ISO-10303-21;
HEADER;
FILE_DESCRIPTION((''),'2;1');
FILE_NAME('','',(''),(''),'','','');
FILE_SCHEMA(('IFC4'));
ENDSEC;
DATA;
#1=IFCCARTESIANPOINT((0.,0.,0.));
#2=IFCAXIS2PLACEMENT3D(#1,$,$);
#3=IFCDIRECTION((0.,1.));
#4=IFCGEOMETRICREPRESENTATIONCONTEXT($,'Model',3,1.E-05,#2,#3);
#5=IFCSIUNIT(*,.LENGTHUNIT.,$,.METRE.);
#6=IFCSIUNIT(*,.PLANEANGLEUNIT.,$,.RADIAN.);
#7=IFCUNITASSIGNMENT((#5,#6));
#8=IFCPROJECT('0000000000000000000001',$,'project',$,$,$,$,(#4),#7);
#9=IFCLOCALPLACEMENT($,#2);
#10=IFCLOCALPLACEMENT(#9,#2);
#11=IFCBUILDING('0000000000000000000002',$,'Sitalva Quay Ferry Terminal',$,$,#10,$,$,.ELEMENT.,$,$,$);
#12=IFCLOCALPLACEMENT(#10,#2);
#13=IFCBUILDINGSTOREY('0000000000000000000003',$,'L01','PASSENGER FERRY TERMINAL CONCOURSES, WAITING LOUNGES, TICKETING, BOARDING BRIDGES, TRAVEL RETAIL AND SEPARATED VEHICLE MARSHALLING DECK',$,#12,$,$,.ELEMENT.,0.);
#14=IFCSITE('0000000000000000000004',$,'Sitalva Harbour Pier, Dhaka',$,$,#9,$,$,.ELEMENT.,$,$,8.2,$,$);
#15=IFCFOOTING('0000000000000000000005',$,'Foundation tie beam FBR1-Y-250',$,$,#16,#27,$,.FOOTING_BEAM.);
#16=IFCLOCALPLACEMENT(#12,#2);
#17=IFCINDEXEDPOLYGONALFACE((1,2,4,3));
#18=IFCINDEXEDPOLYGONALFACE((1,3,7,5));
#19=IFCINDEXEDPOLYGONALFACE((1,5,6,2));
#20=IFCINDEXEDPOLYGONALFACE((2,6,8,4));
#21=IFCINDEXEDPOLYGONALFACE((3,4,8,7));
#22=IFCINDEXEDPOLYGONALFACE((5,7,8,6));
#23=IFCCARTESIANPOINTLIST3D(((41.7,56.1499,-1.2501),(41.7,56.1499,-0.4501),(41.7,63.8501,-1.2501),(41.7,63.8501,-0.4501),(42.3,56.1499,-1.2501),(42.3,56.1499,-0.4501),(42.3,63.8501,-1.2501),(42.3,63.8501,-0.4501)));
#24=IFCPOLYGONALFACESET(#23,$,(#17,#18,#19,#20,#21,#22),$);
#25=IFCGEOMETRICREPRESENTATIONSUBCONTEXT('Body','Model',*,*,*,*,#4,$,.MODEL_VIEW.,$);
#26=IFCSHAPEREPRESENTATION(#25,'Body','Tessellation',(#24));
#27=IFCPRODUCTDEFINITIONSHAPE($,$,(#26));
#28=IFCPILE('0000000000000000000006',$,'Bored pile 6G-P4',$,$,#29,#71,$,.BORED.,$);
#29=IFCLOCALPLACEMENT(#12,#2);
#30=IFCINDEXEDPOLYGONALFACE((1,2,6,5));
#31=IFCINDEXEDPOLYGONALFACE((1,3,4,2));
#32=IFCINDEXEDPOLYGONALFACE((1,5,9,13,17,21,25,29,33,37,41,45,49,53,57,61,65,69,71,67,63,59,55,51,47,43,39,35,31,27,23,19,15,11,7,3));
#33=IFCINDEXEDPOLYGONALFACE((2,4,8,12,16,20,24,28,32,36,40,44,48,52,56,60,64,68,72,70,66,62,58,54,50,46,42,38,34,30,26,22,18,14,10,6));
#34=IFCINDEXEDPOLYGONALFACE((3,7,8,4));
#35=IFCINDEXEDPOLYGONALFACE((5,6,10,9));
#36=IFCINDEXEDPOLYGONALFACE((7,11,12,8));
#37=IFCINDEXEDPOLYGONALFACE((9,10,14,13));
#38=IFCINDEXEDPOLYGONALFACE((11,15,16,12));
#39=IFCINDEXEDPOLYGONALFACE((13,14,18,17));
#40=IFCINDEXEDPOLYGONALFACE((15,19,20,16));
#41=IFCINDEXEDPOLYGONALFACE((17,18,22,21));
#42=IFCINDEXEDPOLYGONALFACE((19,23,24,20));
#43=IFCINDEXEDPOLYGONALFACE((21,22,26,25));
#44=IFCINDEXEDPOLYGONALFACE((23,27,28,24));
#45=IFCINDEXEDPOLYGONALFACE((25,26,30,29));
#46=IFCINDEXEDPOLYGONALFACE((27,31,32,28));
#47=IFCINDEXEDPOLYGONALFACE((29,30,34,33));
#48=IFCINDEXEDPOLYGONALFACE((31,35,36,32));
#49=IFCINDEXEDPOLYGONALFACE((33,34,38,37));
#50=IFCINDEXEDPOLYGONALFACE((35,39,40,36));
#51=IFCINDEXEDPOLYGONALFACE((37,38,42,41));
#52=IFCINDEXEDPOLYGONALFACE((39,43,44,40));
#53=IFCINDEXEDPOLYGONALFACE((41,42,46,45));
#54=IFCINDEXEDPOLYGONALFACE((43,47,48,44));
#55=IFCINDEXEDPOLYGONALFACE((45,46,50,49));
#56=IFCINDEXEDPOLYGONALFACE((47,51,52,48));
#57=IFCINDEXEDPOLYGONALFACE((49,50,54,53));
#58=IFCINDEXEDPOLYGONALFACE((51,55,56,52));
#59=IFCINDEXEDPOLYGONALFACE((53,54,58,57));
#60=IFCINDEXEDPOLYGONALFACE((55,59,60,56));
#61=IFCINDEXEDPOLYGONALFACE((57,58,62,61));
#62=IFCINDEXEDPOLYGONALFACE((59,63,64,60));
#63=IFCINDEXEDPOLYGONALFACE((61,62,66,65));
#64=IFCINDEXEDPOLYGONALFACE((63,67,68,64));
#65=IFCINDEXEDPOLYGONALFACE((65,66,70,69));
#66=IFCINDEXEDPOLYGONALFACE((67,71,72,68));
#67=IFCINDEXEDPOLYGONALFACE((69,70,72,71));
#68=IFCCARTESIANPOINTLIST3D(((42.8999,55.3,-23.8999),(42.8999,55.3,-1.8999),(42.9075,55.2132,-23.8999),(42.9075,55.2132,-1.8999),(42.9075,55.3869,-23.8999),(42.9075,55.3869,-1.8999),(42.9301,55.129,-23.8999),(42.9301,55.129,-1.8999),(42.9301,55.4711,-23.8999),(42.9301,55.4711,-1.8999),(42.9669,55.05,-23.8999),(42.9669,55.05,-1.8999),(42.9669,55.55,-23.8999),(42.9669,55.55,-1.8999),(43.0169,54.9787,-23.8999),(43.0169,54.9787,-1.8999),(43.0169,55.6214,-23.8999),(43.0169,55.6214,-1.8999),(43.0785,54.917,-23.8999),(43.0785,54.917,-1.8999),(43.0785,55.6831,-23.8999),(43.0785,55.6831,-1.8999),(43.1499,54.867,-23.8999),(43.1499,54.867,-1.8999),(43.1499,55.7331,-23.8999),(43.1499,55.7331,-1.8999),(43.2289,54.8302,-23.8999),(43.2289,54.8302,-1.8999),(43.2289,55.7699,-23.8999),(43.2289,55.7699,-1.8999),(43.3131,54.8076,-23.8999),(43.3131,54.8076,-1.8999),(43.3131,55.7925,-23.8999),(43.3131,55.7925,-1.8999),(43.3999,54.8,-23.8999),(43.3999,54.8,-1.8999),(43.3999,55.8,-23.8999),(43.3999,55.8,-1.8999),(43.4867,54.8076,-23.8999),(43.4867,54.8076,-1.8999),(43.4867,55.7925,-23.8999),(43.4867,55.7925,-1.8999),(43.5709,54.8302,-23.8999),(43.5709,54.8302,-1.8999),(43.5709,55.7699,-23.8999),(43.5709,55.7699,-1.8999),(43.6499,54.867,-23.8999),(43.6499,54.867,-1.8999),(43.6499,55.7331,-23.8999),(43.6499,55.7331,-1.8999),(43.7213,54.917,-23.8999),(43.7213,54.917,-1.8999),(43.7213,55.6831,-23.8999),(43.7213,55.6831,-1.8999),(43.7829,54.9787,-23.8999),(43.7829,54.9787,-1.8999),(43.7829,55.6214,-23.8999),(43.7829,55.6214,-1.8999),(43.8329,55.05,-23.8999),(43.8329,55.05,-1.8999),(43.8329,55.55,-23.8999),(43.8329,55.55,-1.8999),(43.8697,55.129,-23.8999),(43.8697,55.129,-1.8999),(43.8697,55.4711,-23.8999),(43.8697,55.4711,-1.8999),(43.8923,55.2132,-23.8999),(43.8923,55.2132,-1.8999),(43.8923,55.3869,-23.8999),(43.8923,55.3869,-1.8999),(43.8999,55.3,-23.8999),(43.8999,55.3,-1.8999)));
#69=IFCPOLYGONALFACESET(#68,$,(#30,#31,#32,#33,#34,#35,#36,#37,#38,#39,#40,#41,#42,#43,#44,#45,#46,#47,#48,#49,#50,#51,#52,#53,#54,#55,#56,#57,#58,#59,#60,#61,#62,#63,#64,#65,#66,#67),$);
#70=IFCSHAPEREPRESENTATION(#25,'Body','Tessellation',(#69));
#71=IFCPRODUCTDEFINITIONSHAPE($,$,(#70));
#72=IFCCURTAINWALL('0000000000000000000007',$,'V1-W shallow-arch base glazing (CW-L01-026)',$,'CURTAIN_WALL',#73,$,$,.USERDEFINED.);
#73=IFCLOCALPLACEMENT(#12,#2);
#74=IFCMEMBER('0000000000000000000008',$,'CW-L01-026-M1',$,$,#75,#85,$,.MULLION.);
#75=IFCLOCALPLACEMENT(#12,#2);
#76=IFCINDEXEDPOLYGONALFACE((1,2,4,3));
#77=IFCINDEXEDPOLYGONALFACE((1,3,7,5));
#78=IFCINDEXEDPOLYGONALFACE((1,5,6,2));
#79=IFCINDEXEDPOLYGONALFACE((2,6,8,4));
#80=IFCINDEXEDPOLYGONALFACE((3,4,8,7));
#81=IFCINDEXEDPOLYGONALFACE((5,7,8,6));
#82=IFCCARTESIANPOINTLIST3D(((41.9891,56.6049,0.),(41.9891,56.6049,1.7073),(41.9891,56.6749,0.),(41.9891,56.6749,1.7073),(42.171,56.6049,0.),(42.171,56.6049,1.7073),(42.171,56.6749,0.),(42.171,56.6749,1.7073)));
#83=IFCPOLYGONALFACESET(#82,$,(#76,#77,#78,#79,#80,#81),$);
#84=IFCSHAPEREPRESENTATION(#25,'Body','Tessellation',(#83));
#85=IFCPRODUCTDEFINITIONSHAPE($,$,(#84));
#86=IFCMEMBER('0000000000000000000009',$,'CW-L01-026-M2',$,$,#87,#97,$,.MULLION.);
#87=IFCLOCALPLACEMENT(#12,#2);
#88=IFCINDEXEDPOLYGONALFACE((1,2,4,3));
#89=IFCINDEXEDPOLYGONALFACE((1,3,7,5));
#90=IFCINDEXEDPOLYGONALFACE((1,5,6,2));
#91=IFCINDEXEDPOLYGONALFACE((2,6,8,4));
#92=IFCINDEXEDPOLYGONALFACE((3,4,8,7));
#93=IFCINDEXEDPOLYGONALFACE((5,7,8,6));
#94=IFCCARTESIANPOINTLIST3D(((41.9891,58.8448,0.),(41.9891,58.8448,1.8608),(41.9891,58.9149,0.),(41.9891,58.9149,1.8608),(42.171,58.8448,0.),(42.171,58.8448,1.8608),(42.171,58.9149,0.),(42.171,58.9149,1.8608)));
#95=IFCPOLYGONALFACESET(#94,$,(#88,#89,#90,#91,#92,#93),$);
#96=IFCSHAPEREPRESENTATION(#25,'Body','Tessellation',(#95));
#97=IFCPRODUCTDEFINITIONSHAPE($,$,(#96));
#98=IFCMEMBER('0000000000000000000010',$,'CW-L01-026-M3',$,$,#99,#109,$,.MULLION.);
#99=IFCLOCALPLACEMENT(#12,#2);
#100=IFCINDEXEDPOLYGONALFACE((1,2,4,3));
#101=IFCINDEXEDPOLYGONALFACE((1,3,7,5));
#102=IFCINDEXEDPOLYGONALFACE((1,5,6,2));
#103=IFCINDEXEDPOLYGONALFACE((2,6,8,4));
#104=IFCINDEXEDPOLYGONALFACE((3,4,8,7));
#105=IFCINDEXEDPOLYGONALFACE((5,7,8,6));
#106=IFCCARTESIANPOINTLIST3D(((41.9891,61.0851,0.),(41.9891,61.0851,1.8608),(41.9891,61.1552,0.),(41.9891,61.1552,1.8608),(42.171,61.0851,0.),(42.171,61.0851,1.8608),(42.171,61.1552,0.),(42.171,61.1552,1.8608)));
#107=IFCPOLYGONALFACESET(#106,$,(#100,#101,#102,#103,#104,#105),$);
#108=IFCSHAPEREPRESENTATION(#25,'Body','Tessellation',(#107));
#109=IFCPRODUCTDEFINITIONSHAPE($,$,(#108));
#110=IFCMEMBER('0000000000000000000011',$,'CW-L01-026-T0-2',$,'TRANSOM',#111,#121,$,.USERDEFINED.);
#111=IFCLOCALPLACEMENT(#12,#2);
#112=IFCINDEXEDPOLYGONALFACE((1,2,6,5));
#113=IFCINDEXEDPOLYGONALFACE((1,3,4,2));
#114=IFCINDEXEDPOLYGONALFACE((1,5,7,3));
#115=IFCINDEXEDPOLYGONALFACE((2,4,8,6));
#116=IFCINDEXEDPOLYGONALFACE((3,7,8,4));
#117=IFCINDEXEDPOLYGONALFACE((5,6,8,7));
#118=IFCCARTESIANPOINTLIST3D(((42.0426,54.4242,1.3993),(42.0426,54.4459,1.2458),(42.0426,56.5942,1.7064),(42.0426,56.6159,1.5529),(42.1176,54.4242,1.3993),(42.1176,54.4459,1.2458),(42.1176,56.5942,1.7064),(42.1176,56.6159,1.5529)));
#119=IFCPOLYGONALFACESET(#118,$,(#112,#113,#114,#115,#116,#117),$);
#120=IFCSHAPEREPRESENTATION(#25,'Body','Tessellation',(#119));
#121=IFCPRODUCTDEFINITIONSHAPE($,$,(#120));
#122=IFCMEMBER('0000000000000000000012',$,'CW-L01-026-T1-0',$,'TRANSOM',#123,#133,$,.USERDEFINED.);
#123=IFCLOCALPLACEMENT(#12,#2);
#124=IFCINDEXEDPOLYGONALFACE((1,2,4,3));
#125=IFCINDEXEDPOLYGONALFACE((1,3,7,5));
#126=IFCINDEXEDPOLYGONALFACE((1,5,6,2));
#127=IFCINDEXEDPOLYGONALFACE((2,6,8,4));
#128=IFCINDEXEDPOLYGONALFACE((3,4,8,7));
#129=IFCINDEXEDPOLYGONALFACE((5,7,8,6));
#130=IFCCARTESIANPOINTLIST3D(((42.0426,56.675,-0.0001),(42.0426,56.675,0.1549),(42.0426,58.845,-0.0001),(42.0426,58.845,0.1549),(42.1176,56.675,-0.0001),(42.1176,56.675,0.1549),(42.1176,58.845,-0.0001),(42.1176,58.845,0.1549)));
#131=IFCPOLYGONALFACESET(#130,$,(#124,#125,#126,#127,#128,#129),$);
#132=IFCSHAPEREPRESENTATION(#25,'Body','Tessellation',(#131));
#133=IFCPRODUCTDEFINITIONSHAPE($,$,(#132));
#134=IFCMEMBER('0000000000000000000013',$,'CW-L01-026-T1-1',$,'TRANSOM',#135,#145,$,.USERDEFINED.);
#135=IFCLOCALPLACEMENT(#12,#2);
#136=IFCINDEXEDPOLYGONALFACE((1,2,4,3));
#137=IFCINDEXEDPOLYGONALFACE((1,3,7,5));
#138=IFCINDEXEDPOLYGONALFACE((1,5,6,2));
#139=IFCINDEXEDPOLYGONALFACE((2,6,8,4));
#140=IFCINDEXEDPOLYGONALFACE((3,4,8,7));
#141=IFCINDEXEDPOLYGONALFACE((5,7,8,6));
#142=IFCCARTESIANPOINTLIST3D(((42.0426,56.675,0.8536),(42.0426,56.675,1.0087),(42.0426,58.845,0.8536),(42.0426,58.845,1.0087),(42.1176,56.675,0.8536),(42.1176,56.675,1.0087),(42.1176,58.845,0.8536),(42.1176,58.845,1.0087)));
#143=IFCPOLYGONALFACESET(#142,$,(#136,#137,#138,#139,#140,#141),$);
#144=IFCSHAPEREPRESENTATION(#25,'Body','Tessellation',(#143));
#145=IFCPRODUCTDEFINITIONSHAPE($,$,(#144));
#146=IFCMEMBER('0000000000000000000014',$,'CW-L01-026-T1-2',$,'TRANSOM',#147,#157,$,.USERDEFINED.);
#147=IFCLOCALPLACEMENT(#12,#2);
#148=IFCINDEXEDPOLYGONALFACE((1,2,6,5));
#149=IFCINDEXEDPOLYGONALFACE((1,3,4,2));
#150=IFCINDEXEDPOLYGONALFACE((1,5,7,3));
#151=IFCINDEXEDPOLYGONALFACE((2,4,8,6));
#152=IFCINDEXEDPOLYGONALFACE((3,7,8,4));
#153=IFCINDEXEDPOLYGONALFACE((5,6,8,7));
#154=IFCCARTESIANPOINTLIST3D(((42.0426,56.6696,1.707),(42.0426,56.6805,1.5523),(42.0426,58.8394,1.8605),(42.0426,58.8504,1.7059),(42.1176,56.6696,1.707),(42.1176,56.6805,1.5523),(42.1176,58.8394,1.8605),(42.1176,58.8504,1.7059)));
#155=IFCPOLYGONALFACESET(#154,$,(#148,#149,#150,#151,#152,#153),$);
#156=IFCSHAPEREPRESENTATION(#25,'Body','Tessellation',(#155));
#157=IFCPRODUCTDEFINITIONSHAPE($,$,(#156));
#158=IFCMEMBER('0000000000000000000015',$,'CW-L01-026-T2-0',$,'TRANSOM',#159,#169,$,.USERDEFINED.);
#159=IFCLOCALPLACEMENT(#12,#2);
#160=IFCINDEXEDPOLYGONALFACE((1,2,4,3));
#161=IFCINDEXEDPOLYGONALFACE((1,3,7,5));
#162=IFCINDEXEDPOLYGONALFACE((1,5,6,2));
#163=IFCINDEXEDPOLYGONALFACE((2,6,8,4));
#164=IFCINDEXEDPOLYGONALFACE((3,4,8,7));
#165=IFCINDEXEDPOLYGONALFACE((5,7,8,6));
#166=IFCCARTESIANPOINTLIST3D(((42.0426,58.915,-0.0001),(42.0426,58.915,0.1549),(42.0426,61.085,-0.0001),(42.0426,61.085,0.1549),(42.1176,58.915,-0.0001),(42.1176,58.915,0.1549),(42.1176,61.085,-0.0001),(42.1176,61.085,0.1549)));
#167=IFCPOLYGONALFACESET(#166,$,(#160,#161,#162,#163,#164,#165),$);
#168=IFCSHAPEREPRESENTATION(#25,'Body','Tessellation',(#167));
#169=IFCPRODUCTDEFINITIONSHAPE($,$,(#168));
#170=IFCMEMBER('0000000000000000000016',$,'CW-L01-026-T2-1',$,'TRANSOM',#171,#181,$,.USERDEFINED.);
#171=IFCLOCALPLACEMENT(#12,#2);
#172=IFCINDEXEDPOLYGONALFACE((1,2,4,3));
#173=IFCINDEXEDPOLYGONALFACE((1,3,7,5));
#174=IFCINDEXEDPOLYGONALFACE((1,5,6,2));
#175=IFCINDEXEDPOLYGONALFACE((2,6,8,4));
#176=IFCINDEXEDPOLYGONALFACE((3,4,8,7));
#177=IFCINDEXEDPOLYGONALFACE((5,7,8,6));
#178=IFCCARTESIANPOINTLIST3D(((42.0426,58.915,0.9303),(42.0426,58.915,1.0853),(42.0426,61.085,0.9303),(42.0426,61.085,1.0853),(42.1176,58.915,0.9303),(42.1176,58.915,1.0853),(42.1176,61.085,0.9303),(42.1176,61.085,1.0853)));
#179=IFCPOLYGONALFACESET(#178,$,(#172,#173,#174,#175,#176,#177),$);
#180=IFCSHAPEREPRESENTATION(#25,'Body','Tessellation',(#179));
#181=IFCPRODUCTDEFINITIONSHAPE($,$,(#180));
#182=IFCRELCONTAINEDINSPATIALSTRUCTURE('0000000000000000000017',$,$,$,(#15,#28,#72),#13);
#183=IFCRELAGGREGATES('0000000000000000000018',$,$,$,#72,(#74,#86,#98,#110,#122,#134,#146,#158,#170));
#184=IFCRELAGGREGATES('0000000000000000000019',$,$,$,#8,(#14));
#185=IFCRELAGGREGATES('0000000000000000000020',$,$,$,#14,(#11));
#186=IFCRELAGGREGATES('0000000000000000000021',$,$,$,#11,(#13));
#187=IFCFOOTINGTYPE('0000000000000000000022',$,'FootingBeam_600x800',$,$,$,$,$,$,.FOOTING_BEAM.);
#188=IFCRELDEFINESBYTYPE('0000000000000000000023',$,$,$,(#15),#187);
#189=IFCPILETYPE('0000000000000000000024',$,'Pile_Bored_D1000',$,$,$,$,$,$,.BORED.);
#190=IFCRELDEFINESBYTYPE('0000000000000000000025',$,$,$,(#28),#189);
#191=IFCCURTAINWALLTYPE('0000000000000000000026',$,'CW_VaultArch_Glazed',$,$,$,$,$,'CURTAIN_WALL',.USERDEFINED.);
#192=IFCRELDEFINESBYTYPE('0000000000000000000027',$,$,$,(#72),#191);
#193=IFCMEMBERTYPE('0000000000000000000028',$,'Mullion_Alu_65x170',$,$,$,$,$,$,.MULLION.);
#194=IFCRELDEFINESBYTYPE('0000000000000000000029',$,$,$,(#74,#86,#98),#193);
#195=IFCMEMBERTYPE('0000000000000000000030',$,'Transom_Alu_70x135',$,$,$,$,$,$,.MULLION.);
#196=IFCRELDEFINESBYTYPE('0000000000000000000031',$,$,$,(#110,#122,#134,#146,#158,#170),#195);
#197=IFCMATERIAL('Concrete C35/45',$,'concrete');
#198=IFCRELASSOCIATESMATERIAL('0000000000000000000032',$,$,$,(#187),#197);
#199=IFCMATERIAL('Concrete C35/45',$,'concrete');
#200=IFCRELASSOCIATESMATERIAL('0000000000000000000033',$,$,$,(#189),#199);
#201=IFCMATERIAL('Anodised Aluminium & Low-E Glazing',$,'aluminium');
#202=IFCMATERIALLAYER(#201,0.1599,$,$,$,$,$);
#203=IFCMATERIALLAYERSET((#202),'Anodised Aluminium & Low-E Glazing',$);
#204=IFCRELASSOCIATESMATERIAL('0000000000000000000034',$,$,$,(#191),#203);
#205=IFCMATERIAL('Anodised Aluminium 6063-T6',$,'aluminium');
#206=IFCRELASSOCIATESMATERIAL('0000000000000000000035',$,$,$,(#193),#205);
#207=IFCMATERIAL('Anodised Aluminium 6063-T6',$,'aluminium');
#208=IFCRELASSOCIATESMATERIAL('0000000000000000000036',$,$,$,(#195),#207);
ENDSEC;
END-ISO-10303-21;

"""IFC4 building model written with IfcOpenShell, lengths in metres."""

from ifc_helpers import new_model, si_unit, direction, frame, origin, origin_2d, place, context, subcontext, project, spatial, rectangle, circle, extrude, material, layer, layer_set, material_profile, profile_set, type_object, element, aggregate, save


model = new_model("IFC4")

# Units and contexts
model_context = context("Model", 3, precision=1e-05, world=origin(), true_north=direction((0.0, 1.0)))
body_context = subcontext(model_context, "Body", "Model", "MODEL_VIEW")
ifc_project = project(units=[si_unit("LENGTHUNIT", "METRE"), si_unit("PLANEANGLEUNIT", "RADIAN")], contexts=[model_context])

# Site, building, storey
site_placement = place(None, origin())
site = spatial("IfcSite", under=ifc_project, at=site_placement, Name="Sitalva Harbour Pier, Dhaka", CompositionType="ELEMENT", RefElevation=8.2)
building_placement = place(site_placement, origin())
building = spatial("IfcBuilding", under=site, at=building_placement, Name="Sitalva Quay Ferry Terminal", CompositionType="ELEMENT")
storey_placement = place(building_placement, origin())
storey = spatial("IfcBuildingStorey", under=building, at=storey_placement, Name="L01", Description="PASSENGER FERRY TERMINAL CONCOURSES, WAITING LOUNGES, TICKETING, BOARDING BRIDGES, TRAVEL RETAIL AND SEPARATED VEHICLE MARSHALLING DECK", CompositionType="ELEMENT", Elevation=0.0)

# Footing
ifc_material_1 = material(Name="Concrete C35/45", Category="concrete")
ifc_material_profile_1 = material_profile(ifc_material_1, rectangle(XDim=0.6001, YDim=0.8, at=origin_2d()), Name="RC600x800")
ifc_profile_set_1 = profile_set([ifc_material_profile_1], Name="Concrete C35/45")
footing_type = type_object("IfcFootingType", Name="FootingBeam_600x800", PredefinedType="FOOTING_BEAM", material=ifc_profile_set_1)
footing_placement = place(storey_placement, frame((42.0, 56.1499, -0.8501), z_axis=(0.0, 1.0, 0.0), x_axis=(-1.0, 0.0, 0.0)))
element("IfcFooting", 1, at=footing_placement, inside=storey, type_object=footing_type, Name="Foundation tie beam FBR1-Y-250", PredefinedType="FOOTING_BEAM", context=body_context, shape_type="SweptSolid", body=[
    extrude(rectangle(XDim=0.6001, YDim=0.8, at=origin_2d()), origin(), (0.0, 0.0, 1.0), 7.7002),
])

# Pile
ifc_material_2 = material(Name="Concrete C35/45", Category="concrete")
ifc_material_profile_2 = material_profile(ifc_material_2, circle(Radius=0.5, at=origin_2d()), Name="PILE-D1000")
ifc_profile_set_2 = profile_set([ifc_material_profile_2], Name="Concrete C35/45")
pile_type = type_object("IfcPileType", Name="Pile_Bored_D1000", PredefinedType="BORED", material=ifc_profile_set_2)
pile_placement = place(storey_placement, frame((43.3999, 55.3, -1.8999), z_axis=(0.0, 0.0, -1.0), x_axis=(1.0, 0.0, 0.0)))
element("IfcPile", 2, at=pile_placement, inside=storey, type_object=pile_type, Name="Bored pile 6G-P4", PredefinedType="BORED", context=body_context, shape_type="SweptSolid", body=[
    extrude(circle(Radius=0.5, at=origin_2d()), origin(), (0.0, 0.0, 1.0), 22.0),
])

# Curtain wall, members
ifc_material_3 = material(Name="Anodised Aluminium & Low-E Glazing", Category="aluminium")
ifc_layer_1 = layer(ifc_material_3, 0.1599)
ifc_layer_set_1 = layer_set([ifc_layer_1], Name="Anodised Aluminium & Low-E Glazing")
curtain_wall_type = type_object("IfcCurtainWallType", Name="CW_VaultArch_Glazed", ElementType="CURTAIN_WALL", PredefinedType="USERDEFINED", material=ifc_layer_set_1)
curtain_wall_placement = place(storey_placement, origin())
curtain_wall = element("IfcCurtainWall", 3, at=curtain_wall_placement, inside=storey, type_object=curtain_wall_type, Name="V1-W shallow-arch base glazing (CW-L01-026)", ObjectType="CURTAIN_WALL", PredefinedType="USERDEFINED")
ifc_material_4 = material(Name="Anodised Aluminium 6063-T6", Category="aluminium")
ifc_material_profile_3 = material_profile(ifc_material_4, rectangle(XDim=0.0701, YDim=0.1819, at=origin_2d()), Name="ALU70x182")
ifc_profile_set_3 = profile_set([ifc_material_profile_3], Name="Anodised Aluminium 6063-T6")
member_type_1 = type_object("IfcMemberType", Name="Mullion_Alu_65x170", PredefinedType="MULLION", material=ifc_profile_set_3)
member_1_placement = place(storey_placement, frame((42.0801, 56.6399, 0.0), z_axis=(0.0, 0.0, 1.0), x_axis=(0.0, 1.0, 0.0)))
member_1 = element("IfcMember", 4, at=member_1_placement, type_object=member_type_1, Name="CW-L01-026-M1", PredefinedType="MULLION", context=body_context, shape_type="SweptSolid", body=[
    extrude(rectangle(XDim=0.0701, YDim=0.1819, at=origin_2d()), origin(), (0.0, 0.0, 1.0), 1.7073),
])
member_2_placement = place(storey_placement, frame((42.0801, 58.8799, 0.0), z_axis=(0.0, 0.0, 1.0), x_axis=(0.0, 1.0, 0.0)))
member_2 = element("IfcMember", 5, at=member_2_placement, type_object=member_type_1, Name="CW-L01-026-M2", PredefinedType="MULLION", context=body_context, shape_type="SweptSolid", body=[
    extrude(rectangle(XDim=0.0701, YDim=0.1819, at=origin_2d()), origin(), (0.0, 0.0, 1.0), 1.8608),
])
member_3_placement = place(storey_placement, frame((42.0801, 61.1201, 0.0), z_axis=(0.0, 0.0, 1.0), x_axis=(0.0, 1.0, 0.0)))
member_3 = element("IfcMember", 6, at=member_3_placement, type_object=member_type_1, Name="CW-L01-026-M3", PredefinedType="MULLION", context=body_context, shape_type="SweptSolid", body=[
    extrude(rectangle(XDim=0.0701, YDim=0.1819, at=origin_2d()), origin(), (0.0, 0.0, 1.0), 1.8608),
])
ifc_material_5 = material(Name="Anodised Aluminium 6063-T6", Category="aluminium")
ifc_material_profile_4 = material_profile(ifc_material_5, rectangle(XDim=0.075, YDim=0.155, at=origin_2d()), Name="ALU75x155")
ifc_profile_set_4 = profile_set([ifc_material_profile_4], Name="Anodised Aluminium 6063-T6")
member_type_2 = type_object("IfcMemberType", Name="Transom_Alu_70x135", PredefinedType="MULLION", material=ifc_profile_set_4)
member_4_placement = place(storey_placement, frame((42.0801, 54.4351, 1.3225), z_axis=(0.0, 0.990131, 0.140142), x_axis=(-1.0, 0.0, 0.0)))
member_4 = element("IfcMember", 7, at=member_4_placement, type_object=member_type_2, Name="CW-L01-026-T0-2", ObjectType="TRANSOM", PredefinedType="USERDEFINED", context=body_context, shape_type="SweptSolid", body=[
    extrude(rectangle(XDim=0.075, YDim=0.155, at=origin_2d()), origin(), (0.0, 0.0, 1.0), 2.1917),
])
member_5_placement = place(storey_placement, frame((42.0801, 56.675, 0.0774), z_axis=(0.0, 1.0, 0.0), x_axis=(-1.0, 0.0, 0.0)))
member_5 = element("IfcMember", 8, at=member_5_placement, type_object=member_type_2, Name="CW-L01-026-T1-0", ObjectType="TRANSOM", PredefinedType="USERDEFINED", context=body_context, shape_type="SweptSolid", body=[
    extrude(rectangle(XDim=0.075, YDim=0.155, at=origin_2d()), origin(), (0.0, 0.0, 1.0), 2.1699),
])
member_6_placement = place(storey_placement, frame((42.0801, 56.675, 0.9312), z_axis=(0.0, 1.0, 0.0), x_axis=(-1.0, 0.0, 0.0)))
member_6 = element("IfcMember", 9, at=member_6_placement, type_object=member_type_2, Name="CW-L01-026-T1-1", ObjectType="TRANSOM", PredefinedType="USERDEFINED", context=body_context, shape_type="SweptSolid", body=[
    extrude(rectangle(XDim=0.075, YDim=0.155, at=origin_2d()), origin(), (0.0, 0.0, 1.0), 2.1699),
])
member_7_placement = place(storey_placement, frame((42.0801, 56.675, 1.6296), z_axis=(0.0, 0.997505, 0.070593), x_axis=(-1.0, 0.0, 0.0)))
member_7 = element("IfcMember", 10, at=member_7_placement, type_object=member_type_2, Name="CW-L01-026-T1-2", ObjectType="TRANSOM", PredefinedType="USERDEFINED", context=body_context, shape_type="SweptSolid", body=[
    extrude(rectangle(XDim=0.075, YDim=0.155, at=origin_2d()), origin(), (0.0, 0.0, 1.0), 2.1753),
])
member_8_placement = place(storey_placement, frame((42.0801, 58.915, 0.0774), z_axis=(0.0, 1.0, 0.0), x_axis=(-1.0, 0.0, 0.0)))
member_8 = element("IfcMember", 11, at=member_8_placement, type_object=member_type_2, Name="CW-L01-026-T2-0", ObjectType="TRANSOM", PredefinedType="USERDEFINED", context=body_context, shape_type="SweptSolid", body=[
    extrude(rectangle(XDim=0.075, YDim=0.155, at=origin_2d()), origin(), (0.0, 0.0, 1.0), 2.1699),
])
member_9_placement = place(storey_placement, frame((42.0801, 58.915, 1.0078), z_axis=(0.0, 1.0, 0.0), x_axis=(-1.0, 0.0, 0.0)))
member_9 = element("IfcMember", 12, at=member_9_placement, type_object=member_type_2, Name="CW-L01-026-T2-1", ObjectType="TRANSOM", PredefinedType="USERDEFINED", context=body_context, shape_type="SweptSolid", body=[
    extrude(rectangle(XDim=0.075, YDim=0.155, at=origin_2d()), origin(), (0.0, 0.0, 1.0), 2.1699),
])
aggregate(curtain_wall, [member_1, member_2, member_3, member_4, member_5, member_6, member_7, member_8, member_9])

save(model, "model.ifc")
